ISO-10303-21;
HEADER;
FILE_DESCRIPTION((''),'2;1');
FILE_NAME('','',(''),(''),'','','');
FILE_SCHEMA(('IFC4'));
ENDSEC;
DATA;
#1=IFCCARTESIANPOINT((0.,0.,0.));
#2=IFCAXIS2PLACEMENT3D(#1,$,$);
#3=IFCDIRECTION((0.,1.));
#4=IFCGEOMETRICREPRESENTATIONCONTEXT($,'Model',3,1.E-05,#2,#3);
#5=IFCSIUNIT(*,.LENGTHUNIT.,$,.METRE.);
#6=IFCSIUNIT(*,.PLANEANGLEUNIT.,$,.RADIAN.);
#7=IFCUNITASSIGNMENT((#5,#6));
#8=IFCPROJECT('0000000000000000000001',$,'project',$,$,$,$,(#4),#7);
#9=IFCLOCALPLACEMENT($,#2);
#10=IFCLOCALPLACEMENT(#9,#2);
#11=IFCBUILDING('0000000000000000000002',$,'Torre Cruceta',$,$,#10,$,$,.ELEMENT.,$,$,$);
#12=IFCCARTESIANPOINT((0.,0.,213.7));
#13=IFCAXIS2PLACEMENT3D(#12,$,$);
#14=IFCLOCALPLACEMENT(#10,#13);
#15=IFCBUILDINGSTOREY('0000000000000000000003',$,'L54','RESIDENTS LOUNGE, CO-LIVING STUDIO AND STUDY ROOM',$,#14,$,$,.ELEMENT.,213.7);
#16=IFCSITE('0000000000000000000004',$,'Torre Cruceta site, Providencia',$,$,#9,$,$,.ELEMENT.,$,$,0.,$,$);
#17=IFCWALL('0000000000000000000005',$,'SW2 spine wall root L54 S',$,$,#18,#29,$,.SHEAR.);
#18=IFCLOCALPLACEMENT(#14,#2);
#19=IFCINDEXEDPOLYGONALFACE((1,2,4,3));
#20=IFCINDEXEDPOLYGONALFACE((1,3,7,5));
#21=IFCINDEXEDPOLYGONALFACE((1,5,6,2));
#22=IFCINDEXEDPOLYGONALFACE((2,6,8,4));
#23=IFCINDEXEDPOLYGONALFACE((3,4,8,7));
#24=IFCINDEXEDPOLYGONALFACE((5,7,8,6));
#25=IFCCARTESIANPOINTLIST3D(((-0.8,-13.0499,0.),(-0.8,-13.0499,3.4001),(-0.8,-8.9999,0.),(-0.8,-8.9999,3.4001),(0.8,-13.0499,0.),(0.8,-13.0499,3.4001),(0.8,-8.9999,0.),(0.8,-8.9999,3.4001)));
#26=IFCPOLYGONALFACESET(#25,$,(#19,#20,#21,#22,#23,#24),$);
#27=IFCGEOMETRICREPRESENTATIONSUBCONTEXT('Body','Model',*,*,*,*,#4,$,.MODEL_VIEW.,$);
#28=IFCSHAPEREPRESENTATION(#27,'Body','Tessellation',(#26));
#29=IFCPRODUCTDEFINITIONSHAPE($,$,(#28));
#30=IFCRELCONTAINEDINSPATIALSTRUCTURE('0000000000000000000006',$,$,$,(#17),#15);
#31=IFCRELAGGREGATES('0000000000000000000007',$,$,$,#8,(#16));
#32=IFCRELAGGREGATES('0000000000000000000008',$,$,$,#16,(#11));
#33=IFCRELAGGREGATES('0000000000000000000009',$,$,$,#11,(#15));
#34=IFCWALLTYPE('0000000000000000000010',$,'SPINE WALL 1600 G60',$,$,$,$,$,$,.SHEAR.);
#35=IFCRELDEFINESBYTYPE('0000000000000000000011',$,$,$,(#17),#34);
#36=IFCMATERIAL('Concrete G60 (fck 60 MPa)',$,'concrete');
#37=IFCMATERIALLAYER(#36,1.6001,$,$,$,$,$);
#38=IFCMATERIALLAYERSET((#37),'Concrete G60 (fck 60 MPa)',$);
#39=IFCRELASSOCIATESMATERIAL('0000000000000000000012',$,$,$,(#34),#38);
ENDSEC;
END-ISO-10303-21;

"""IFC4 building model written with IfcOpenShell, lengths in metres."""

from ifc_helpers import new_model, si_unit, direction, frame, frame_2d, origin, place, context, subcontext, project, spatial, rectangle, extrude, material, layer, layer_set, type_object, element, save


model = new_model("IFC4")

# Units and contexts
model_context = context("Model", 3, precision=1e-05, world=origin(), true_north=direction((0.0, 1.0)))
body_context = subcontext(model_context, "Body", "Model", "MODEL_VIEW")
ifc_project = project(units=[si_unit("LENGTHUNIT", "METRE"), si_unit("PLANEANGLEUNIT", "RADIAN")], contexts=[model_context])

# Site, building, storey
site_placement = place(None, origin())
site = spatial("IfcSite", under=ifc_project, at=site_placement, Name="Torre Cruceta site, Providencia", CompositionType="ELEMENT", RefElevation=0.0)
building_placement = place(site_placement, origin())
building = spatial("IfcBuilding", under=site, at=building_placement, Name="Torre Cruceta", CompositionType="ELEMENT")
storey_placement = place(building_placement, frame((0.0, 0.0, 213.7)))
storey = spatial("IfcBuildingStorey", under=building, at=storey_placement, Name="L54", Description="RESIDENTS LOUNGE, CO-LIVING STUDIO AND STUDY ROOM", CompositionType="ELEMENT", Elevation=213.7)

# Wall
ifc_material_1 = material(Name="Concrete G60 (fck 60 MPa)", Category="concrete")
ifc_layer_1 = layer(ifc_material_1, 1.6001)
ifc_layer_set_1 = layer_set([ifc_layer_1], Name="Concrete G60 (fck 60 MPa)")
wall_type_1 = type_object("IfcWallType", Name="SPINE WALL 1600 G60", PredefinedType="SHEAR", material=ifc_layer_set_1)
wall_1_placement = place(storey_placement, frame((0.0, -9.0, 0.0), z_axis=(0.0, 0.0, 1.0), x_axis=(0.0, -1.0, 0.0)))
element("IfcWall", 1, at=wall_1_placement, inside=storey, type_object=wall_type_1, Name="SW2 spine wall root L54 S", PredefinedType="SHEAR", context=body_context, shape_type="SweptSolid", body=[
    extrude(rectangle(XDim=4.05, YDim=1.6001, at=frame_2d((2.0249, 0.0))), origin(), (0.0, 0.0, 1.0), 3.4001),
])

save(model, "model.ifc")
